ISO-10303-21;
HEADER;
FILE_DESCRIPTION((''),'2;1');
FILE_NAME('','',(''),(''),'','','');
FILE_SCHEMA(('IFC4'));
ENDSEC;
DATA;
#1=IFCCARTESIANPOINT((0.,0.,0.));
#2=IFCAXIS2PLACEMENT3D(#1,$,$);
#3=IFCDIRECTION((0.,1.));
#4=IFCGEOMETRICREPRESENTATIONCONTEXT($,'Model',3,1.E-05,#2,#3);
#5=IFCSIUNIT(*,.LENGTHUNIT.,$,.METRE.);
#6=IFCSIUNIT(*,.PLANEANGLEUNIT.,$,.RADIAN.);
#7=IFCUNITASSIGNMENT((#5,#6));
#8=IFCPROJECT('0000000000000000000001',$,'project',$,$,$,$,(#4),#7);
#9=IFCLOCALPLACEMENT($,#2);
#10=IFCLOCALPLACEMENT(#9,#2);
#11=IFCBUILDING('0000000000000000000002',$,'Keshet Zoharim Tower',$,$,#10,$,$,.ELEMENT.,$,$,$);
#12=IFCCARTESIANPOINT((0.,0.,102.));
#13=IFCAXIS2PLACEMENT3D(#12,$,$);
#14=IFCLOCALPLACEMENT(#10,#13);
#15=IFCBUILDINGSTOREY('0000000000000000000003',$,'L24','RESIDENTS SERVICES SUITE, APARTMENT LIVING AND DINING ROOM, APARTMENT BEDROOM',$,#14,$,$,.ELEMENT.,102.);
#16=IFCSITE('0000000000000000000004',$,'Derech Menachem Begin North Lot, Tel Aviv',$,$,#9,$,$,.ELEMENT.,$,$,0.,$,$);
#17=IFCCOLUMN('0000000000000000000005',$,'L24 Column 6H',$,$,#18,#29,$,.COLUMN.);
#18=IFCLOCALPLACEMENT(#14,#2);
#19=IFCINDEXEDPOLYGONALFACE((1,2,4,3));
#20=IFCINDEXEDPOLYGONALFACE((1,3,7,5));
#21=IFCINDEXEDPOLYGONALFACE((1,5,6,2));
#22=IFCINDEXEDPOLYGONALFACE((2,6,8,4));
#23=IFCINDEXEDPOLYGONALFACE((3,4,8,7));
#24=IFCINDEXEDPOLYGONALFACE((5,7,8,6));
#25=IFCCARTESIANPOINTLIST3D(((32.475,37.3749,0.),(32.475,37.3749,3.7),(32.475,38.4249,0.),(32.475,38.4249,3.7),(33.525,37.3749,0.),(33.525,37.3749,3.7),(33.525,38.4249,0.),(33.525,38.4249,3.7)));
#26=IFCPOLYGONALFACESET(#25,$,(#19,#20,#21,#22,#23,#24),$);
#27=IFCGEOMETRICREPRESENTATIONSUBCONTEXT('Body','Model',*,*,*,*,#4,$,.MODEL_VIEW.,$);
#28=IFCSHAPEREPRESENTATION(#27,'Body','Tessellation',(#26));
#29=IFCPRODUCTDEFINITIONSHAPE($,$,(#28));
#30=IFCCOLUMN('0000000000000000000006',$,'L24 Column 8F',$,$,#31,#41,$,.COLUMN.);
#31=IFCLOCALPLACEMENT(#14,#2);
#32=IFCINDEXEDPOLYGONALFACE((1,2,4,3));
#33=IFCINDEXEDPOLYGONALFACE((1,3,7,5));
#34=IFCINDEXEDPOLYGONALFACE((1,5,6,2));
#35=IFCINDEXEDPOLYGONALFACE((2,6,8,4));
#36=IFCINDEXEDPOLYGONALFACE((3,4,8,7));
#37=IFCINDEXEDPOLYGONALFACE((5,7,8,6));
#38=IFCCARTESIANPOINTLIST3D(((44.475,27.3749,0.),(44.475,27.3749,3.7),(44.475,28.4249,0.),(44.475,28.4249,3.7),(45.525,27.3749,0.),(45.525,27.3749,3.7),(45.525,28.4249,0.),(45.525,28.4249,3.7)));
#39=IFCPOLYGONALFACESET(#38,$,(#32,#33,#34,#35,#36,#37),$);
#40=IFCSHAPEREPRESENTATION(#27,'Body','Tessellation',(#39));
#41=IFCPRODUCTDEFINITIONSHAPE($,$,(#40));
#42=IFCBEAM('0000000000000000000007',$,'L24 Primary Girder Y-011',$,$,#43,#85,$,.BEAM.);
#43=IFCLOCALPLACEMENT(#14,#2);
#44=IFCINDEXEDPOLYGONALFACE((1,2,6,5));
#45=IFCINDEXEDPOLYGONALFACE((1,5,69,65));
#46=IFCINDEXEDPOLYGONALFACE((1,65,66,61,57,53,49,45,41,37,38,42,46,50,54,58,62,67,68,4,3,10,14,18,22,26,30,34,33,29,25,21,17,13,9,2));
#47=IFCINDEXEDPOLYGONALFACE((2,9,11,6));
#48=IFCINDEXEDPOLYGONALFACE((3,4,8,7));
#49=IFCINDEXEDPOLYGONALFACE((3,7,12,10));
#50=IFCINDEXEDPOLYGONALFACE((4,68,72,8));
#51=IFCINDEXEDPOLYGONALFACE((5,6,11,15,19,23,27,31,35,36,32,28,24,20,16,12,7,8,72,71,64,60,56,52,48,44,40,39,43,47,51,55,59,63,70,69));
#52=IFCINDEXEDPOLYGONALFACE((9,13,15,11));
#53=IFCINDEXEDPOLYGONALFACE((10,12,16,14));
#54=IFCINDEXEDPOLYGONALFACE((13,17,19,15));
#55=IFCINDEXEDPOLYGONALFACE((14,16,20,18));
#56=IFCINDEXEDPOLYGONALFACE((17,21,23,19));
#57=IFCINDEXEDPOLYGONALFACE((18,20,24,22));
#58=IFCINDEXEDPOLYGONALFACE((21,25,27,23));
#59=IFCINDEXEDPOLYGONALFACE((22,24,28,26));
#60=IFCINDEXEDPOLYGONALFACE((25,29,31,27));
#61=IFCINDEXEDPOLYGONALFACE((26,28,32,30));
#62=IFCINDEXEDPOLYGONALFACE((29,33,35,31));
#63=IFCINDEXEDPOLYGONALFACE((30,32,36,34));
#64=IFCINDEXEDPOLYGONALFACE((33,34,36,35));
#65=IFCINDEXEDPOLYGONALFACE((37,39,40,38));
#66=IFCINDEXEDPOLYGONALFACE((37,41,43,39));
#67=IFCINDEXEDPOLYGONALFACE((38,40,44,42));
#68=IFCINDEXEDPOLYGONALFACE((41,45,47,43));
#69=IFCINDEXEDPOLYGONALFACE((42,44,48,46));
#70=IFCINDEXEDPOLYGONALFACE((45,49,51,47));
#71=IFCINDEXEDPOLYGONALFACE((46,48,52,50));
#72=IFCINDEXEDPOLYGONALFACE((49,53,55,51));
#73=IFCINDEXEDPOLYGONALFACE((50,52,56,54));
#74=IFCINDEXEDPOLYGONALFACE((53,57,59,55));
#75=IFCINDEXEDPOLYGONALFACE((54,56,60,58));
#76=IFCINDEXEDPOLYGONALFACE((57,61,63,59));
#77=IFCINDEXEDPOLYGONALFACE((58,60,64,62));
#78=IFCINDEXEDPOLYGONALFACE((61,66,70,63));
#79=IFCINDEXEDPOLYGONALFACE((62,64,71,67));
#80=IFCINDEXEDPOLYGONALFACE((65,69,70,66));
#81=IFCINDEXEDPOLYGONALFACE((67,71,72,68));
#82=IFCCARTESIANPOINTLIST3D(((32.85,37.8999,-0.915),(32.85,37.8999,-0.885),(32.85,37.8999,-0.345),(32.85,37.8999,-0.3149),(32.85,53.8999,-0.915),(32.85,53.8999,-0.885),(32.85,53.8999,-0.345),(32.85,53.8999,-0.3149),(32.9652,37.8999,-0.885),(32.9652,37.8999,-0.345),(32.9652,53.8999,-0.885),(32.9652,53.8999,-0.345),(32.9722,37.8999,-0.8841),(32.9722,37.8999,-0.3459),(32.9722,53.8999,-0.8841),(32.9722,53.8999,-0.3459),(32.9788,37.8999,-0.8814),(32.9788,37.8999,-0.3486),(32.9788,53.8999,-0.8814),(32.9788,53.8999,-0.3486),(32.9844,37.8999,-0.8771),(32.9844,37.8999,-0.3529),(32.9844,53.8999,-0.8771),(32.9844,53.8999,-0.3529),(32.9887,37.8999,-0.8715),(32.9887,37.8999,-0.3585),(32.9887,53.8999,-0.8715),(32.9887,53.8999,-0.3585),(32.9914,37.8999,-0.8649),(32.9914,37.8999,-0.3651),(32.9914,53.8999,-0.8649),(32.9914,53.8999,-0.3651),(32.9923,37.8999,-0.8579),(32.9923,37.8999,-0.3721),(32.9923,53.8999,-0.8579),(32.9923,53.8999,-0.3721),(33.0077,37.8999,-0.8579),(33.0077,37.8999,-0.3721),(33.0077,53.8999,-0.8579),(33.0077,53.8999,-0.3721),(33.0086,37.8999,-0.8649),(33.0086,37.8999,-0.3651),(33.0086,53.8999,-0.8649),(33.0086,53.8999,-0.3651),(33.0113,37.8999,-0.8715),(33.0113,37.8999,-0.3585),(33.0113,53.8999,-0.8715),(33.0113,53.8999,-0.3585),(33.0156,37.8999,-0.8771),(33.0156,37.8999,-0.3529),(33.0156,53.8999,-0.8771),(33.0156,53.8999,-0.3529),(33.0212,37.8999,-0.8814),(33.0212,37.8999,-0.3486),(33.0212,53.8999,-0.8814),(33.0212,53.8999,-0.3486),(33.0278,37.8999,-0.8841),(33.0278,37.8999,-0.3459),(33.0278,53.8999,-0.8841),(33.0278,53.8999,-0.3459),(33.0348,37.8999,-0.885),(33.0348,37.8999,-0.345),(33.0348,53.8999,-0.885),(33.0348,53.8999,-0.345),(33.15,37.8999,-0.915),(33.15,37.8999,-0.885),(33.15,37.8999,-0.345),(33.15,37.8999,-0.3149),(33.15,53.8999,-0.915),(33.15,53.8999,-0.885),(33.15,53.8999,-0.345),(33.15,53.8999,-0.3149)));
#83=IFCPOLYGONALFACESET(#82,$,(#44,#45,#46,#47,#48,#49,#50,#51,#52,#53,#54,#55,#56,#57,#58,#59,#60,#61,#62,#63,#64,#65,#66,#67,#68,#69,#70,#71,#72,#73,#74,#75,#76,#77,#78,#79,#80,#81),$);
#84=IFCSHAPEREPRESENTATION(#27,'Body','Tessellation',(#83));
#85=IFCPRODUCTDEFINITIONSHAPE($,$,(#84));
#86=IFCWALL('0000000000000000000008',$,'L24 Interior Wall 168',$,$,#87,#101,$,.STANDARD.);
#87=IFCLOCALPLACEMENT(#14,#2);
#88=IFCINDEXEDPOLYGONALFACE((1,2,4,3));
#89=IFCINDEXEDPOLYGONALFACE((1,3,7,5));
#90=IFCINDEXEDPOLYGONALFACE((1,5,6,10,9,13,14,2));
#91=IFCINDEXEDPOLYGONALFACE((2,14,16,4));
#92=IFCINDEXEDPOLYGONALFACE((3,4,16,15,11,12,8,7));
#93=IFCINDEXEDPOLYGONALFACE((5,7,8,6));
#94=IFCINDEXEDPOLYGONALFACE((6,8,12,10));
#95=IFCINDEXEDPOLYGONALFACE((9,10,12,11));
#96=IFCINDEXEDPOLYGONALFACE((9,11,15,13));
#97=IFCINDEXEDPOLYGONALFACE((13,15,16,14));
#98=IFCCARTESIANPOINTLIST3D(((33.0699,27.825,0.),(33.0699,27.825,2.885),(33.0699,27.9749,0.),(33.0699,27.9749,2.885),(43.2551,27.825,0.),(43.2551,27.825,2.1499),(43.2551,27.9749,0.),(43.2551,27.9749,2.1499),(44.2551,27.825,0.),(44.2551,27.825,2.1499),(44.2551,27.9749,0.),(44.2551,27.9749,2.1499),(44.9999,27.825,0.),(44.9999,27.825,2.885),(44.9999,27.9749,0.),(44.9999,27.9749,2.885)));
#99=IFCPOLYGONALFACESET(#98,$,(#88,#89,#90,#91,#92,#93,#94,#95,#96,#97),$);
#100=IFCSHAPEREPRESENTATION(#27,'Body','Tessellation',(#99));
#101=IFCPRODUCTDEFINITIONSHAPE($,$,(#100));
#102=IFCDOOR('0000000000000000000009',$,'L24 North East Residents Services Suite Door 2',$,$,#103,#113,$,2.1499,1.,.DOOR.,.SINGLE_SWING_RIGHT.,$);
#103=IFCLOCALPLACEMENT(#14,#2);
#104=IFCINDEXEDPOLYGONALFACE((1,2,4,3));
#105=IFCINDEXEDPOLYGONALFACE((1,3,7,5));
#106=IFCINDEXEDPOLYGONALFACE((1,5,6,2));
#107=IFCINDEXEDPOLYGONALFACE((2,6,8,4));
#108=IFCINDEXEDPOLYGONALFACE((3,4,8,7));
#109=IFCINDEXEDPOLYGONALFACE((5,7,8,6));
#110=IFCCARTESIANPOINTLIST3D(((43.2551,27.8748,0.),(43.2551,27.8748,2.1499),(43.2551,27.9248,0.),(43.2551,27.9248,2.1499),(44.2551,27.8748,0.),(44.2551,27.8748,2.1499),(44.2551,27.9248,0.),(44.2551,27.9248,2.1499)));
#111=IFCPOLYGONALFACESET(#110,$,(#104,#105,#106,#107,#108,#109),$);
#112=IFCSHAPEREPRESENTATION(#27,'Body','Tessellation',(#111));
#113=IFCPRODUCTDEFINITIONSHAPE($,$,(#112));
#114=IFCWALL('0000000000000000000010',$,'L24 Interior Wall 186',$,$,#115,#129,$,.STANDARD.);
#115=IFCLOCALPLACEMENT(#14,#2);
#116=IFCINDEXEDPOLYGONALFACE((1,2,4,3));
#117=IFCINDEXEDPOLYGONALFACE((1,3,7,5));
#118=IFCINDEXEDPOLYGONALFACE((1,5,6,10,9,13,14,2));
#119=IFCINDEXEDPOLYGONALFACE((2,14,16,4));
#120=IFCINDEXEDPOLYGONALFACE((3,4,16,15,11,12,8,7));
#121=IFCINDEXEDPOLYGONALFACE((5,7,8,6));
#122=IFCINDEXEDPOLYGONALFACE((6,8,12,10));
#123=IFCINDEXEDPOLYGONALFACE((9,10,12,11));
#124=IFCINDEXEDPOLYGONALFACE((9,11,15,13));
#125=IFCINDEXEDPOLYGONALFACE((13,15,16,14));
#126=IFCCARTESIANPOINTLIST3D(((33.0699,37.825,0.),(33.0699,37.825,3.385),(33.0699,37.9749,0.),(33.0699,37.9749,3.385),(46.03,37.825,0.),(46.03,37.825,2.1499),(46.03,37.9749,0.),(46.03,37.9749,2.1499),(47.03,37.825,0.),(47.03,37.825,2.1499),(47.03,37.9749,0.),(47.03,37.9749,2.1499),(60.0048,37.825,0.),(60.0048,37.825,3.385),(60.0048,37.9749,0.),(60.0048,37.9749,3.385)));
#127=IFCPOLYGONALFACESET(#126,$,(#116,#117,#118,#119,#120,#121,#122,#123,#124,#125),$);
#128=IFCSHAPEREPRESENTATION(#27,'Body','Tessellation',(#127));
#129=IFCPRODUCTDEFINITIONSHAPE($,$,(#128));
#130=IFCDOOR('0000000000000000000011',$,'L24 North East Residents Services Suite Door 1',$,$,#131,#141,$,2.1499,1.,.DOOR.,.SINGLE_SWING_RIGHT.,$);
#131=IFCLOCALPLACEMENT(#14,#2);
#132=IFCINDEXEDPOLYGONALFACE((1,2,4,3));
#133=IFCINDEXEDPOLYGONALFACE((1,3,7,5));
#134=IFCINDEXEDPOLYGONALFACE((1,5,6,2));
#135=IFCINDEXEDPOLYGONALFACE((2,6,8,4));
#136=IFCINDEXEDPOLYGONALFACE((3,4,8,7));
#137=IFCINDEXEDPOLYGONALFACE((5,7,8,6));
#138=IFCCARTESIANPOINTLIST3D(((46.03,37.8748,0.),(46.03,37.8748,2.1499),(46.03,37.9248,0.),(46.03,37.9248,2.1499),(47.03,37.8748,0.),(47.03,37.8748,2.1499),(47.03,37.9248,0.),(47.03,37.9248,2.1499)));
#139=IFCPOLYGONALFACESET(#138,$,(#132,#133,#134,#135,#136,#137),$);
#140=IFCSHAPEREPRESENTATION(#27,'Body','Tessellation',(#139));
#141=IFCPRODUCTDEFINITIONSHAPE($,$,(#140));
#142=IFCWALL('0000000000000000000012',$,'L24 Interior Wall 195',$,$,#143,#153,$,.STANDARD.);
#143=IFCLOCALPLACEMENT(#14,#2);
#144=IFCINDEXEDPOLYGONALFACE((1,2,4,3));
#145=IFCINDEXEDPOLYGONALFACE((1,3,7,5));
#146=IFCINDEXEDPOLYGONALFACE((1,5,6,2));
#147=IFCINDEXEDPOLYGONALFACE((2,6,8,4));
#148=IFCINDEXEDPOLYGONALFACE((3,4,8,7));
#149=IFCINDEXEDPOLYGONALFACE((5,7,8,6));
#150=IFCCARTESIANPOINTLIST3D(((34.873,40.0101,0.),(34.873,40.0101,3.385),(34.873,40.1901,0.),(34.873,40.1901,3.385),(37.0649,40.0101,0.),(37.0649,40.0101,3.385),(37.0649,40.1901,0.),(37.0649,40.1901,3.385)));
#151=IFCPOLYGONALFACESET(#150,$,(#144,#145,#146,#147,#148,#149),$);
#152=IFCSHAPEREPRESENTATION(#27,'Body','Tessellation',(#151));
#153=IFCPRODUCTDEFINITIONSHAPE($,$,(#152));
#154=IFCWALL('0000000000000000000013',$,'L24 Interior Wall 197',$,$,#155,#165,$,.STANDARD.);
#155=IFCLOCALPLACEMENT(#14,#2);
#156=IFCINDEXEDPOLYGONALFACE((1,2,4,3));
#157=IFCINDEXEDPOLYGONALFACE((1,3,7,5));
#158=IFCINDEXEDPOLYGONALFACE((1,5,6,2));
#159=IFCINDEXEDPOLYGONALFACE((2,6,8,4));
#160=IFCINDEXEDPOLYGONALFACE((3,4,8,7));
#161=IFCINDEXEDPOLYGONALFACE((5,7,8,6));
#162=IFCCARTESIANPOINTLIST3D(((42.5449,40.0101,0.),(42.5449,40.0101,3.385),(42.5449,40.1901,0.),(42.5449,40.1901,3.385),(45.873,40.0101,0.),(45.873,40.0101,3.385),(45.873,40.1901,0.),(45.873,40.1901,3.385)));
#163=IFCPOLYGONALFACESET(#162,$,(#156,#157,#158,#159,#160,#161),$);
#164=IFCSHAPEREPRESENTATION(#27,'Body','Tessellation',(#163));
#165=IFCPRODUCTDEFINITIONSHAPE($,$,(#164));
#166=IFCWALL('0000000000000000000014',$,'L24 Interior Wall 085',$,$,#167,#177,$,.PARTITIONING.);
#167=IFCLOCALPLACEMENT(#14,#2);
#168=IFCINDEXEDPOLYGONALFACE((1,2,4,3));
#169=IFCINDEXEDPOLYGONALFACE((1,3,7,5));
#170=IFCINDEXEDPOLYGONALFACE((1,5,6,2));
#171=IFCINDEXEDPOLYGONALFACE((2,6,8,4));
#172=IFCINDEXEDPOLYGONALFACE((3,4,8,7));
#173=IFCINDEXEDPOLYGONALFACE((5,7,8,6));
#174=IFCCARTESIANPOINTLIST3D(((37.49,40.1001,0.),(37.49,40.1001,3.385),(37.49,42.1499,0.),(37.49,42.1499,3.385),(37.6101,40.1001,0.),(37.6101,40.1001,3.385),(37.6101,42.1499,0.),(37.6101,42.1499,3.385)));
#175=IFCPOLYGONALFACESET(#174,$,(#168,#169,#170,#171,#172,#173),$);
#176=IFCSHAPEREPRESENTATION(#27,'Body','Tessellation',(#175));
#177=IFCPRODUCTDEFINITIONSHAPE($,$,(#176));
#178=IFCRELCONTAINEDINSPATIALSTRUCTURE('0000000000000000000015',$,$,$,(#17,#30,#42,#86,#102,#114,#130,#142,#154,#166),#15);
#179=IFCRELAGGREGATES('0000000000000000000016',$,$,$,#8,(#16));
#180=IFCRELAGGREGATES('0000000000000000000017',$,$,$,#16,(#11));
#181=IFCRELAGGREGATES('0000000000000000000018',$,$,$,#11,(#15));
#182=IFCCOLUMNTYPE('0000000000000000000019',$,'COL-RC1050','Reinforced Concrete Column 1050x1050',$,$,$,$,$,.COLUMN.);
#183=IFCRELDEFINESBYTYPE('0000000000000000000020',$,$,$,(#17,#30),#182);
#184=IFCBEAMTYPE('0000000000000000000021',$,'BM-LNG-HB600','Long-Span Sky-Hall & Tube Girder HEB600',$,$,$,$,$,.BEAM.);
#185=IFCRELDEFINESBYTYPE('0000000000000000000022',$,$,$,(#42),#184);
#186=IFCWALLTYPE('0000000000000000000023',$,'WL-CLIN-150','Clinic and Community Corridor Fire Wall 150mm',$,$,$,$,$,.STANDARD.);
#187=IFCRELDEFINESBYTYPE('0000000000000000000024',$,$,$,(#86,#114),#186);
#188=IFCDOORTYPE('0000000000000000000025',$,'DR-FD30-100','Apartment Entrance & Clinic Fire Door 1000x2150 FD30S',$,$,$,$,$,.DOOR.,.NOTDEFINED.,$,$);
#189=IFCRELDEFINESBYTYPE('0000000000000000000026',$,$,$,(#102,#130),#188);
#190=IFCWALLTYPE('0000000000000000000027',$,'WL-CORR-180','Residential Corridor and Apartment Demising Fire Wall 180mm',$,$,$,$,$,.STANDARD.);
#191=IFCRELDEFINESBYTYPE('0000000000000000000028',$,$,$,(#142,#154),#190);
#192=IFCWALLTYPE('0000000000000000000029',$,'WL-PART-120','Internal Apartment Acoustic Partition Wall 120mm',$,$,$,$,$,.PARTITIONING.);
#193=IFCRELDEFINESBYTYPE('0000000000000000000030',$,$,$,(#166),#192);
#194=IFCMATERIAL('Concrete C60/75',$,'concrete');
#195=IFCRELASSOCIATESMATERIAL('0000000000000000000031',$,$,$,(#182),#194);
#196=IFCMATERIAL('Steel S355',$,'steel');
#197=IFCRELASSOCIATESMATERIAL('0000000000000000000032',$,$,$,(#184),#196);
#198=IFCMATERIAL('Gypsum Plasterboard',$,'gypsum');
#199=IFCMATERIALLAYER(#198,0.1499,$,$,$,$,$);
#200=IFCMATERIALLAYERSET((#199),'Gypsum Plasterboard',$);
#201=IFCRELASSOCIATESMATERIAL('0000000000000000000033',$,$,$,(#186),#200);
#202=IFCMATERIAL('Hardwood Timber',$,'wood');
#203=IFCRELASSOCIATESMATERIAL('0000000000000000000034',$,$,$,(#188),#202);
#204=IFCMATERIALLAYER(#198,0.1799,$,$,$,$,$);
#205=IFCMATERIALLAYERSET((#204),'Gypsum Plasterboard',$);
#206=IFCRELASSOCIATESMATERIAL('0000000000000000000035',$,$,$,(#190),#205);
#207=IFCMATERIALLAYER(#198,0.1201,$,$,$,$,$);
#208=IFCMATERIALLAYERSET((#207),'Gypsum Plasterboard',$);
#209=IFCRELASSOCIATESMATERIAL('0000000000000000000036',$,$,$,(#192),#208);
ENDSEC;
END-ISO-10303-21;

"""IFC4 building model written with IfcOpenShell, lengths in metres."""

from ifc_helpers import new_model, si_unit, direction, frame, frame_2d, origin, origin_2d, place, context, subcontext, project, spatial, rectangle, i_section, extrude, material, layer, layer_set, material_profile, profile_set, type_object, element, fill, save


model = new_model("IFC4")

# Units and contexts
model_context = context("Model", 3, precision=1e-05, world=origin(), true_north=direction((0.0, 1.0)))
body_context = subcontext(model_context, "Body", "Model", "MODEL_VIEW")
ifc_project = project(units=[si_unit("LENGTHUNIT", "METRE"), si_unit("PLANEANGLEUNIT", "RADIAN")], contexts=[model_context])

# Site, building, storey
site_placement = place(None, origin())
site = spatial("IfcSite", under=ifc_project, at=site_placement, Name="Derech Menachem Begin North Lot, Tel Aviv", CompositionType="ELEMENT", RefElevation=0.0)
building_placement = place(site_placement, origin())
building = spatial("IfcBuilding", under=site, at=building_placement, Name="Keshet Zoharim Tower", CompositionType="ELEMENT")
storey_placement = place(building_placement, frame((0.0, 0.0, 102.0)))
storey = spatial("IfcBuildingStorey", under=building, at=storey_placement, Name="L24", Description="RESIDENTS SERVICES SUITE, APARTMENT LIVING AND DINING ROOM, APARTMENT BEDROOM", CompositionType="ELEMENT", Elevation=102.0)

# Columns
ifc_material_1 = material(Name="Concrete C60/75", Category="concrete")
ifc_material_profile_1 = material_profile(ifc_material_1, rectangle(XDim=1.05, YDim=1.05, at=origin_2d()), Name="RC1050x1050")
ifc_profile_set_1 = profile_set([ifc_material_profile_1], Name="Concrete C60/75")
column_type = type_object("IfcColumnType", Name="COL-RC1050", Description="Reinforced Concrete Column 1050x1050", PredefinedType="COLUMN", material=ifc_profile_set_1)
for number, where, z_axis, x_axis, name in (
    (1, (33.0, 37.8999, 0.0), (0.0, 0.0, 1.0), (1.0, 0.0, 0.0), "L24 Column 6H"),
    (2, (45.0, 27.8999, 0.0), (0.0, 0.0, 1.0), (1.0, 0.0, 0.0), "L24 Column 8F"),
):
    element("IfcColumn", number, at=place(storey_placement, frame(where, z_axis=z_axis, x_axis=x_axis)), inside=storey, type_object=column_type, Name=name, PredefinedType="COLUMN", context=body_context, shape_type="SweptSolid", body=[
        extrude(rectangle(XDim=1.05, YDim=1.05, at=origin_2d()), origin(), (0.0, 0.0, 1.0), 3.7),
    ])

# Beam
ifc_material_2 = material(Name="Steel S355", Category="steel")
ifc_material_profile_2 = material_profile(ifc_material_2, i_section(OverallWidth=0.3, OverallDepth=0.6001, WebThickness=0.0154, FlangeThickness=0.03, FilletRadius=0.0271, at=origin_2d()), Name="HEB600")
ifc_profile_set_2 = profile_set([ifc_material_profile_2], Name="Steel S355")
beam_type = type_object("IfcBeamType", Name="BM-LNG-HB600", Description="Long-Span Sky-Hall & Tube Girder HEB600", PredefinedType="BEAM", material=ifc_profile_set_2)
beam_placement = place(storey_placement, frame((33.0, 37.8999, -0.615), z_axis=(0.0, 1.0, 0.0), x_axis=(-1.0, 0.0, 0.0)))
element("IfcBeam", 3, at=beam_placement, inside=storey, type_object=beam_type, Name="L24 Primary Girder Y-011", PredefinedType="BEAM", context=body_context, shape_type="SweptSolid", body=[
    extrude(i_section(OverallWidth=0.3, OverallDepth=0.6001, WebThickness=0.0154, FlangeThickness=0.03, FilletRadius=0.0271, at=origin_2d()), origin(), (0.0, 0.0, 1.0), 16.0),
])

# Walls, openings, doors
ifc_material_3 = material(Name="Gypsum Plasterboard", Category="gypsum")
ifc_layer_1 = layer(ifc_material_3, 0.1499)
ifc_layer_set_1 = layer_set([ifc_layer_1], Name="Gypsum Plasterboard")
wall_type_1 = type_object("IfcWallType", Name="WL-CLIN-150", Description="Clinic and Community Corridor Fire Wall 150mm", PredefinedType="STANDARD", material=ifc_layer_set_1)
wall_1_placement = place(storey_placement, frame((33.0701, 27.8999, 0.0), z_axis=(0.0, 0.0, 1.0), x_axis=(1.0, 0.0, 0.0)))
wall_1 = element("IfcWall", 4, at=wall_1_placement, inside=storey, type_object=wall_type_1, Name="L24 Interior Wall 168", PredefinedType="STANDARD", context=body_context, shape_type="SweptSolid", body=[
    extrude(rectangle(XDim=11.9299, YDim=0.1499, at=frame_2d((5.9648, 0.0))), origin(), (0.0, 0.0, 1.0), 2.885),
])
opening_1_placement = place(wall_1_placement, frame((10.1851, 0.0, 0.0)))
opening_1 = element("IfcOpeningElement", 5, at=opening_1_placement, cuts=wall_1, PredefinedType="OPENING", context=body_context, shape_type="SweptSolid", body=[
    extrude(rectangle(XDim=1.0, YDim=2.1499, at=frame_2d((0.5, 1.075))), frame((0.0, 0.085, 0.0), z_axis=(0.0, -1.0, 0.0), x_axis=(1.0, 0.0, 0.0)), (0.0, 0.0, 1.0), 0.1699),
])
ifc_material_4 = material(Name="Hardwood Timber", Category="wood")
door_type_1 = type_object("IfcDoorType", Name="DR-FD30-100", Description="Apartment Entrance & Clinic Fire Door 1000x2150 FD30S", OperationType="NOTDEFINED", PredefinedType="DOOR", material=ifc_material_4)
door_1_placement = place(opening_1_placement, origin())
door_1 = element("IfcDoor", 6, at=door_1_placement, inside=storey, type_object=door_type_1, Name="L24 North East Residents Services Suite Door 2", OperationType="SINGLE_SWING_RIGHT", OverallHeight=2.1499, OverallWidth=1.0, PredefinedType="DOOR", context=body_context, shape_type="SweptSolid", body=[
    extrude(rectangle(XDim=1.0, YDim=2.1499, at=frame_2d((0.5, 1.075))), frame((0.0, 0.0249, 0.0), z_axis=(0.0, -1.0, 0.0), x_axis=(1.0, 0.0, 0.0)), (0.0, 0.0, 1.0), 0.05),
])
fill(opening_1, door_1)
wall_2_placement = place(storey_placement, frame((33.0701, 37.8999, 0.0), z_axis=(0.0, 0.0, 1.0), x_axis=(1.0, 0.0, 0.0)))
wall_2 = element("IfcWall", 7, at=wall_2_placement, inside=storey, type_object=wall_type_1, Name="L24 Interior Wall 186", PredefinedType="STANDARD", context=body_context, shape_type="SweptSolid", body=[
    extrude(rectangle(XDim=26.9348, YDim=0.1499, at=frame_2d((13.4673, 0.0))), origin(), (0.0, 0.0, 1.0), 3.385),
])
opening_2_placement = place(wall_2_placement, frame((12.96, 0.0, 0.0)))
opening_2 = element("IfcOpeningElement", 8, at=opening_2_placement, cuts=wall_2, PredefinedType="OPENING", context=body_context, shape_type="SweptSolid", body=[
    extrude(rectangle(XDim=1.0, YDim=2.1499, at=frame_2d((0.5, 1.075))), frame((0.0, 0.085, 0.0), z_axis=(0.0, -1.0, 0.0), x_axis=(1.0, 0.0, 0.0)), (0.0, 0.0, 1.0), 0.1699),
])
door_2_placement = place(opening_2_placement, origin())
door_2 = element("IfcDoor", 9, at=door_2_placement, inside=storey, type_object=door_type_1, Name="L24 North East Residents Services Suite Door 1", OperationType="SINGLE_SWING_RIGHT", OverallHeight=2.1499, OverallWidth=1.0, PredefinedType="DOOR", context=body_context, shape_type="SweptSolid", body=[
    extrude(rectangle(XDim=1.0, YDim=2.1499, at=frame_2d((0.5, 1.075))), frame((0.0, 0.0249, 0.0), z_axis=(0.0, -1.0, 0.0), x_axis=(1.0, 0.0, 0.0)), (0.0, 0.0, 1.0), 0.05),
])
fill(opening_2, door_2)

# Wall
ifc_layer_2 = layer(ifc_material_3, 0.1799)
ifc_layer_set_2 = layer_set([ifc_layer_2], Name="Gypsum Plasterboard")
wall_type_2 = type_object("IfcWallType", Name="WL-CORR-180", Description="Residential Corridor and Apartment Demising Fire Wall 180mm", PredefinedType="STANDARD", material=ifc_layer_set_2)
wall_3_placement = place(storey_placement, frame((34.873, 40.1001, 0.0), z_axis=(0.0, 0.0, 1.0), x_axis=(1.0, 0.0, 0.0)))
element("IfcWall", 10, at=wall_3_placement, inside=storey, type_object=wall_type_2, Name="L24 Interior Wall 195", PredefinedType="STANDARD", context=body_context, shape_type="SweptSolid", body=[
    extrude(rectangle(XDim=2.1919, YDim=0.1799, at=frame_2d((1.0959, 0.0))), origin(), (0.0, 0.0, 1.0), 3.385),
])

# Walls
wall_4_placement = place(storey_placement, frame((42.5449, 40.1001, 0.0), z_axis=(0.0, 0.0, 1.0), x_axis=(1.0, 0.0, 0.0)))
element("IfcWall", 11, at=wall_4_placement, inside=storey, type_object=wall_type_2, Name="L24 Interior Wall 197", PredefinedType="STANDARD", context=body_context, shape_type="SweptSolid", body=[
    extrude(rectangle(XDim=3.3281, YDim=0.1799, at=frame_2d((1.6641, 0.0))), origin(), (0.0, 0.0, 1.0), 3.385),
])
ifc_layer_3 = layer(ifc_material_3, 0.1201)
ifc_layer_set_3 = layer_set([ifc_layer_3], Name="Gypsum Plasterboard")
wall_type_3 = type_object("IfcWallType", Name="WL-PART-120", Description="Internal Apartment Acoustic Partition Wall 120mm", PredefinedType="PARTITIONING", material=ifc_layer_set_3)
wall_5_placement = place(storey_placement, frame((37.55, 40.1001, 0.0), z_axis=(0.0, 0.0, 1.0), x_axis=(0.0, 1.0, 0.0)))
element("IfcWall", 12, at=wall_5_placement, inside=storey, type_object=wall_type_3, Name="L24 Interior Wall 085", PredefinedType="PARTITIONING", context=body_context, shape_type="SweptSolid", body=[
    extrude(rectangle(XDim=2.0498, YDim=0.1201, at=frame_2d((1.0249, 0.0))), origin(), (0.0, 0.0, 1.0), 3.385),
])

save(model, "model.ifc")
